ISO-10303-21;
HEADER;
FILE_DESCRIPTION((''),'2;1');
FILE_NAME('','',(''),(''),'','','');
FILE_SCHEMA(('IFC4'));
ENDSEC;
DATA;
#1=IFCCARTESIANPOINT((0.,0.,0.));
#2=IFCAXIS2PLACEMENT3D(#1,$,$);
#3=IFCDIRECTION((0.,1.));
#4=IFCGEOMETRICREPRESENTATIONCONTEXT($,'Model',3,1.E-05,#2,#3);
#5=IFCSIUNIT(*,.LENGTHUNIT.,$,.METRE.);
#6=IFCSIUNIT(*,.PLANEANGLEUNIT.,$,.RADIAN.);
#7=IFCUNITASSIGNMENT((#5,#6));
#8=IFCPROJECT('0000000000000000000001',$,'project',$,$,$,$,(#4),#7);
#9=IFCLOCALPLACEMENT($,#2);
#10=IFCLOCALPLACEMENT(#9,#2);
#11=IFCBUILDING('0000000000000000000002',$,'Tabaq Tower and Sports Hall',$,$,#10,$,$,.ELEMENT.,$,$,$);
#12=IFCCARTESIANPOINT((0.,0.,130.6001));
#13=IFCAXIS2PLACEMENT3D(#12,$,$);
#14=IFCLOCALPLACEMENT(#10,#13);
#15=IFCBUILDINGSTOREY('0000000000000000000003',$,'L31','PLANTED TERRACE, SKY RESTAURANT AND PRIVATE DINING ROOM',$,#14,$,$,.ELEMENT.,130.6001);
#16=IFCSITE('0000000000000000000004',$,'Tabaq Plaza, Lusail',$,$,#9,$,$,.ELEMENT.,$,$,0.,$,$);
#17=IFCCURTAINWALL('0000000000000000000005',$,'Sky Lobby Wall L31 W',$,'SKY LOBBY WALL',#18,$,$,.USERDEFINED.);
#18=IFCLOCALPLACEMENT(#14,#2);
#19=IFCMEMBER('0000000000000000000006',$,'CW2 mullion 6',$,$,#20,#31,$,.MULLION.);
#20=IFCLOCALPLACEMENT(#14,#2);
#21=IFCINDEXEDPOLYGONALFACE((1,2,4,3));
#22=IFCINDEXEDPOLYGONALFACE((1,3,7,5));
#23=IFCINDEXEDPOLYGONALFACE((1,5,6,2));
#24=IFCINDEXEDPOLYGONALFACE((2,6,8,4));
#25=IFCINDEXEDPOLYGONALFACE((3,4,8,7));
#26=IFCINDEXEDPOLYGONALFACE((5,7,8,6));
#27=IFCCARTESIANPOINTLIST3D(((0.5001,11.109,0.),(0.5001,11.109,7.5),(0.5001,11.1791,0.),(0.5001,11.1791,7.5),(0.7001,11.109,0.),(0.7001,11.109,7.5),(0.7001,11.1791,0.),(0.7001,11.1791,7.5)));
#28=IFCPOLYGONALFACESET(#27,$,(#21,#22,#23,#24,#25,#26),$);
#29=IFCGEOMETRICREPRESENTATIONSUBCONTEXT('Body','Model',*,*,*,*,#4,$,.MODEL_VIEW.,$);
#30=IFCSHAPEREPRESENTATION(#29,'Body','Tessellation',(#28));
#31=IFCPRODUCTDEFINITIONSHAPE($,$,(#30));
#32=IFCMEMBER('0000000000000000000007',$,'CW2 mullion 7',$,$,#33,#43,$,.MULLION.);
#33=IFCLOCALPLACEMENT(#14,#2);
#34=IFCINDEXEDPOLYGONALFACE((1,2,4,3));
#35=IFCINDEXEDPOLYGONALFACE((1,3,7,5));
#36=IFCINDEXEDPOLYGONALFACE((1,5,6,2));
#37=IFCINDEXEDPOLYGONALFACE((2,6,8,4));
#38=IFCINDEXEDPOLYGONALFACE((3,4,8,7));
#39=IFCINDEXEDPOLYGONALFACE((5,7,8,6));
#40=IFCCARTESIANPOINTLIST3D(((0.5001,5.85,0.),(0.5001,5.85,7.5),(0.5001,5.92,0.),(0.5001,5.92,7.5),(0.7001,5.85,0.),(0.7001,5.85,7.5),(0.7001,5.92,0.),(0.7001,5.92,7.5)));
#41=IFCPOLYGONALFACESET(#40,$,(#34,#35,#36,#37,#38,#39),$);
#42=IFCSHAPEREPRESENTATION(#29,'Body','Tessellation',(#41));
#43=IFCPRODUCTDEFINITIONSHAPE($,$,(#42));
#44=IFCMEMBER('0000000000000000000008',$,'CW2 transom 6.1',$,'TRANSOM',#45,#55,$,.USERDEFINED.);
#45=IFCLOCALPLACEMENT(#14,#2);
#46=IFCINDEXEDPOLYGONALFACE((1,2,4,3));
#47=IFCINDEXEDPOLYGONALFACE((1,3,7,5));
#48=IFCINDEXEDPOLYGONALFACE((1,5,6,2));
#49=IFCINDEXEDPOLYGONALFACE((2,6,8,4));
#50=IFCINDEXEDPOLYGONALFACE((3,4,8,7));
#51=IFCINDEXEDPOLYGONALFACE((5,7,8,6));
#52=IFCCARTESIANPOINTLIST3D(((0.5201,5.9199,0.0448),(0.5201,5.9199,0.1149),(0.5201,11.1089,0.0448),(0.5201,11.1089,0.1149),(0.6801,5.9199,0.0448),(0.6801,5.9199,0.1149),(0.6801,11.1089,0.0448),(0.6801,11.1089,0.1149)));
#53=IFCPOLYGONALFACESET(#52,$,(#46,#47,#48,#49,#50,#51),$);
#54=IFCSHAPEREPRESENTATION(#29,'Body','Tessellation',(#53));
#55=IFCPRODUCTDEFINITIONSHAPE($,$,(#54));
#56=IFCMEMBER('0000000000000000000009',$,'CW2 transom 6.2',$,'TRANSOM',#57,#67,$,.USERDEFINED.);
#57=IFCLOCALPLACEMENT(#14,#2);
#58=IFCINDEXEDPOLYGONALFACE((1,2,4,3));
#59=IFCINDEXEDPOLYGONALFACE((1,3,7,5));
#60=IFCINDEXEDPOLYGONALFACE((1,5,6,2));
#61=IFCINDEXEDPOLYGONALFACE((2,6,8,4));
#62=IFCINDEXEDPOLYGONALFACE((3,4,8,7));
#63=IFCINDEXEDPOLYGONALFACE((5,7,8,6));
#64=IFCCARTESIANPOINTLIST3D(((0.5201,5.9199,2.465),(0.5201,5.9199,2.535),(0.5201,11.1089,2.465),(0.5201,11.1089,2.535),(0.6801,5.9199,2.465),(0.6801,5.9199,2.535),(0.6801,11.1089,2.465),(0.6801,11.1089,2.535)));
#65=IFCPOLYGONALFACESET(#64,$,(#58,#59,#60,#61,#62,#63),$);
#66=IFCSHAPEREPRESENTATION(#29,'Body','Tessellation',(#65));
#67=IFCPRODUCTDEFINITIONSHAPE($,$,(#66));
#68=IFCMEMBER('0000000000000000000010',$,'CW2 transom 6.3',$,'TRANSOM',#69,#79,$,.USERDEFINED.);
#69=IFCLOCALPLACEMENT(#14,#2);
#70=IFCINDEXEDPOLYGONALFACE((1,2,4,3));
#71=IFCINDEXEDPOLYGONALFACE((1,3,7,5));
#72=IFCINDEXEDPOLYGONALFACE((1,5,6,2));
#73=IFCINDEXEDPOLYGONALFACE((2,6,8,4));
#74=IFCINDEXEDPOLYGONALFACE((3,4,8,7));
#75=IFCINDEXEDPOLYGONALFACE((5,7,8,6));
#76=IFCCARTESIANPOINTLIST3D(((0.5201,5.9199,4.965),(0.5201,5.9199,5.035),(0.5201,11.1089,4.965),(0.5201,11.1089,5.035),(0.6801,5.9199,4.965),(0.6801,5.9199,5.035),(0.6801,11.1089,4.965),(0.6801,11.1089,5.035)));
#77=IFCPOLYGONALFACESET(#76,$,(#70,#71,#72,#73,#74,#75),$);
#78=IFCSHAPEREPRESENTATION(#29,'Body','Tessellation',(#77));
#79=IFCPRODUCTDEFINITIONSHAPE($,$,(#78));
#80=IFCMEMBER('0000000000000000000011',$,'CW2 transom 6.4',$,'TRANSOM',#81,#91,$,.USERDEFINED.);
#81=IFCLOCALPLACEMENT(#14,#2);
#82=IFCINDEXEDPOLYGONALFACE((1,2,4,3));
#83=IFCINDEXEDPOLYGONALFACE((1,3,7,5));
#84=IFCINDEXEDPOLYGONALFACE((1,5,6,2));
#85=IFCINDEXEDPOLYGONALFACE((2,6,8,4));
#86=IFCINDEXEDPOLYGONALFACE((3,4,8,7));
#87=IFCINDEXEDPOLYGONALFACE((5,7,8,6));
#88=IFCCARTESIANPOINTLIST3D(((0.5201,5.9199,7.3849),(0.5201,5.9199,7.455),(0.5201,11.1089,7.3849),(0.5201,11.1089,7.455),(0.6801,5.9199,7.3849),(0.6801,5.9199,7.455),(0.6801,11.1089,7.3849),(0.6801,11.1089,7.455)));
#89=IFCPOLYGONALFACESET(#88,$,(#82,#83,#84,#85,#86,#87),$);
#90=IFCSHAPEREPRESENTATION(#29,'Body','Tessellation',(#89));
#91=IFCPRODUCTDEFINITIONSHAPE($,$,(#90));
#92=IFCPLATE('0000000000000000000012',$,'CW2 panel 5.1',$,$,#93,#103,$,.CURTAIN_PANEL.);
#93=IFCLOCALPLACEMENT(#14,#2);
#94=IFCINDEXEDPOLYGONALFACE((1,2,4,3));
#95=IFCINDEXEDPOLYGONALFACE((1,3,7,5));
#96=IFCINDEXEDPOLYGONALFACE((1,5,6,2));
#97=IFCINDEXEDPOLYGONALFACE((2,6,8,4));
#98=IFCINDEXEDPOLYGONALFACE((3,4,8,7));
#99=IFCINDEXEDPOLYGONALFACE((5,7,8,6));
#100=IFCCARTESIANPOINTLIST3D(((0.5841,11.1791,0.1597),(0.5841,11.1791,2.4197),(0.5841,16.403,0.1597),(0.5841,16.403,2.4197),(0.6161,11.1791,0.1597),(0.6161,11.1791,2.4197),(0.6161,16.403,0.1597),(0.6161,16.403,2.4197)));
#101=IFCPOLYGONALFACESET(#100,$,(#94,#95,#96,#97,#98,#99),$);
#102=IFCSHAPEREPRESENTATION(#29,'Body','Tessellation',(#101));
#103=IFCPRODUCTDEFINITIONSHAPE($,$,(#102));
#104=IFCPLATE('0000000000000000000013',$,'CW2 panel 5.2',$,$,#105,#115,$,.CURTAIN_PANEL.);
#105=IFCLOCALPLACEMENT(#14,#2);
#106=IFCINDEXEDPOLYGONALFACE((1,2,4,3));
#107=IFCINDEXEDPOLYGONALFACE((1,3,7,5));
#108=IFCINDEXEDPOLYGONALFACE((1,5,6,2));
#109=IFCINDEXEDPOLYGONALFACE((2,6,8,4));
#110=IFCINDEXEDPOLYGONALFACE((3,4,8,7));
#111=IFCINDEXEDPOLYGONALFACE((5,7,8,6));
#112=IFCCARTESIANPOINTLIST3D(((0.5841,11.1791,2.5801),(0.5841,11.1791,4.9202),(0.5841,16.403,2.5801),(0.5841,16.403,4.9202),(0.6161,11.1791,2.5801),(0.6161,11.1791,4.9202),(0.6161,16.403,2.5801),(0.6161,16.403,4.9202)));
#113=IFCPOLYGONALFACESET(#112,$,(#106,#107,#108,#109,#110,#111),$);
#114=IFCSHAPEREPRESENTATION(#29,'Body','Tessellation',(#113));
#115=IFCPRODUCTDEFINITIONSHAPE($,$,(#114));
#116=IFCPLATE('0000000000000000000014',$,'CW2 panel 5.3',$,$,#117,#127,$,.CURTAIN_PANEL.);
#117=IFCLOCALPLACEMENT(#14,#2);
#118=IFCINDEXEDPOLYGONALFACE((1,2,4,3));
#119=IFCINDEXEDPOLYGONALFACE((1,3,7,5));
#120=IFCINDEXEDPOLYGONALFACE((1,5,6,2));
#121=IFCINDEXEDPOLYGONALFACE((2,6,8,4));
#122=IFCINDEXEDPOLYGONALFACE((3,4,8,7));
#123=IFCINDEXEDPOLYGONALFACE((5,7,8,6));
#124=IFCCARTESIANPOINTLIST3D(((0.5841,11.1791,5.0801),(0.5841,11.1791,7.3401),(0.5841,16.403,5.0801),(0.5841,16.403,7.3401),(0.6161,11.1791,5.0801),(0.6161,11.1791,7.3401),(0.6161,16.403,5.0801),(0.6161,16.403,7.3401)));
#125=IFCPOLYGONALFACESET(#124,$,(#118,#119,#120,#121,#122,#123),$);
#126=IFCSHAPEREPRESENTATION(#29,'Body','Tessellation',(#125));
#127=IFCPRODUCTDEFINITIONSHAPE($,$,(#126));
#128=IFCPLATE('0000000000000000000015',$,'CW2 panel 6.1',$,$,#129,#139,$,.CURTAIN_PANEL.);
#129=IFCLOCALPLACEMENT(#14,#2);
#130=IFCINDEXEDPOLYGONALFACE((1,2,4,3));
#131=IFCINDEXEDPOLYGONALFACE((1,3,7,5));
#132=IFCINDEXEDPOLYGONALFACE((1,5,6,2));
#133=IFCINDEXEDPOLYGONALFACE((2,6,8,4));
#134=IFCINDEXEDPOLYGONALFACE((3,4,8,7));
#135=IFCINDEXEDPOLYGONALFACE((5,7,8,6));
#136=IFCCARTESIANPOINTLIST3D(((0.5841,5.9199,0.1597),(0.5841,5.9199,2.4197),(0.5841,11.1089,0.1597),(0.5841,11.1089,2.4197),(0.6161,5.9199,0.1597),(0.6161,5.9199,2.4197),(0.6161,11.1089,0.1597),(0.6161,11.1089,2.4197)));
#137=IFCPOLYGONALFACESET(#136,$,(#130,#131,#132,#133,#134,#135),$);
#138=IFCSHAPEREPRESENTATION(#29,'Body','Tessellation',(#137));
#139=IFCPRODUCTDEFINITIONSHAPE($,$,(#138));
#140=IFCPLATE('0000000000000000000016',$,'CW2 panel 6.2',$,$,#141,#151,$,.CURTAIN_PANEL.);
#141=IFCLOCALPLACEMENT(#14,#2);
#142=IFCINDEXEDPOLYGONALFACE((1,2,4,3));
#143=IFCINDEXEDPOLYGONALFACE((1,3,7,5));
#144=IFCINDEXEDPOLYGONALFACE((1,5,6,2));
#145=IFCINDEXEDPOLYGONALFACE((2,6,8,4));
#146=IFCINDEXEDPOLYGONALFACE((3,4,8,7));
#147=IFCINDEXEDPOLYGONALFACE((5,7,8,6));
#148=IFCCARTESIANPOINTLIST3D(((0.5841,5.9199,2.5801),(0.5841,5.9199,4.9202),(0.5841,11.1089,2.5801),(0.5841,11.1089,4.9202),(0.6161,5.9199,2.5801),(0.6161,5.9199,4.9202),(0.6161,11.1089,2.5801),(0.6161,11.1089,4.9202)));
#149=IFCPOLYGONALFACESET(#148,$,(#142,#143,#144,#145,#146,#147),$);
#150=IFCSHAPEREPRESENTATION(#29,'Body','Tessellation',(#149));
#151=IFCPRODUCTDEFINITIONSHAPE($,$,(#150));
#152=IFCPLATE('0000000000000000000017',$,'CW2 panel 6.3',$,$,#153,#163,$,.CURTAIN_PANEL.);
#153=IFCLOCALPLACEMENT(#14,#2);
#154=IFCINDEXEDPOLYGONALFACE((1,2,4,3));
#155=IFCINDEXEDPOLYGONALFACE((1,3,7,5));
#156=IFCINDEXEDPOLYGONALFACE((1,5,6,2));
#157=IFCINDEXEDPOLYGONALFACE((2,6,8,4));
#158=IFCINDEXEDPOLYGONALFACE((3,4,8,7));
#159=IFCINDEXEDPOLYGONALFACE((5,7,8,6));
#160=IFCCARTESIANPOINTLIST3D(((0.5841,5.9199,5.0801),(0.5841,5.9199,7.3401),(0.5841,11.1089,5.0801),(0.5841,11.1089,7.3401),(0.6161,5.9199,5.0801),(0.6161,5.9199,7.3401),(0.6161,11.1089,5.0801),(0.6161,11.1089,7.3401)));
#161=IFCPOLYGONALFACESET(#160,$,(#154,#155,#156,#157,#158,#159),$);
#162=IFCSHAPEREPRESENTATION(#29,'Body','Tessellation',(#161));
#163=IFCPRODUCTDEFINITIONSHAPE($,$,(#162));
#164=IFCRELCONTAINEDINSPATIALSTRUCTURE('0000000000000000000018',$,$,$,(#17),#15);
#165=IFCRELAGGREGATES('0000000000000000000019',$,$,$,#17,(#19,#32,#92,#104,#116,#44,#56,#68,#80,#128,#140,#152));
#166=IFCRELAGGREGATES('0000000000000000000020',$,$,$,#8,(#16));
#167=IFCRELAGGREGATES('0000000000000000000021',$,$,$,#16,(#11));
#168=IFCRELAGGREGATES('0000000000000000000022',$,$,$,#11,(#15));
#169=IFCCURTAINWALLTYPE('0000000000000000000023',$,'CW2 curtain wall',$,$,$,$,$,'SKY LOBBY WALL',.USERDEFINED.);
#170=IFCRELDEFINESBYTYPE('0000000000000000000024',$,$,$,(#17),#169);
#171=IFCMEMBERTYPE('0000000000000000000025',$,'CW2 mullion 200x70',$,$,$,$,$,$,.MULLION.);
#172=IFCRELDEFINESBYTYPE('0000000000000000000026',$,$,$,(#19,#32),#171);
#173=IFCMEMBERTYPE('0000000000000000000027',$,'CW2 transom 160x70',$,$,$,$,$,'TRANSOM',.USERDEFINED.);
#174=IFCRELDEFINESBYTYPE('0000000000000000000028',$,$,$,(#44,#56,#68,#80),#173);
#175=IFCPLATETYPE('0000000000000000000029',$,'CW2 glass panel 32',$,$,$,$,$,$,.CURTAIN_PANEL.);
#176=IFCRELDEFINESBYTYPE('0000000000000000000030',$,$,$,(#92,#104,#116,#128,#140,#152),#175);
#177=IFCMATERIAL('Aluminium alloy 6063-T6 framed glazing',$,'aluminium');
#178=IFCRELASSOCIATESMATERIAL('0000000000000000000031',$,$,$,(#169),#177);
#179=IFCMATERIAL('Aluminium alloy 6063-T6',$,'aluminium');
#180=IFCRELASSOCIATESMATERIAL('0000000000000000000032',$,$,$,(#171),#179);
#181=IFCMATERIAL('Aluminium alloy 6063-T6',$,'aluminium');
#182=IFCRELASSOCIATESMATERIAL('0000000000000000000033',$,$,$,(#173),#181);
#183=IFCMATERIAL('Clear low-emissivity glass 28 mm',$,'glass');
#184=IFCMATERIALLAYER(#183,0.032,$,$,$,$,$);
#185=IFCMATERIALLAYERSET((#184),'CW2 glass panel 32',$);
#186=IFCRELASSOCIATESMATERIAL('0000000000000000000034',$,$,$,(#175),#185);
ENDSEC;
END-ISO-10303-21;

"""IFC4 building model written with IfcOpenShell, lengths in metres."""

from ifc_helpers import new_model, si_unit, direction, frame, origin, origin_2d, place, context, subcontext, project, spatial, rectangle, extrude, material, layer, layer_set, material_profile, profile_set, type_object, element, aggregate, save


model = new_model("IFC4")

# Units and contexts
model_context = context("Model", 3, precision=1e-05, world=origin(), true_north=direction((0.0, 1.0)))
body_context = subcontext(model_context, "Body", "Model", "MODEL_VIEW")
ifc_project = project(units=[si_unit("LENGTHUNIT", "METRE"), si_unit("PLANEANGLEUNIT", "RADIAN")], contexts=[model_context])

# Site, building, storey
site_placement = place(None, origin())
site = spatial("IfcSite", under=ifc_project, at=site_placement, Name="Tabaq Plaza, Lusail", CompositionType="ELEMENT", RefElevation=0.0)
building_placement = place(site_placement, origin())
building = spatial("IfcBuilding", under=site, at=building_placement, Name="Tabaq Tower and Sports Hall", CompositionType="ELEMENT")
storey_placement = place(building_placement, frame((0.0, 0.0, 130.6001)))
storey = spatial("IfcBuildingStorey", under=building, at=storey_placement, Name="L31", Description="PLANTED TERRACE, SKY RESTAURANT AND PRIVATE DINING ROOM", CompositionType="ELEMENT", Elevation=130.6001)

# Curtain wall, members, plates
ifc_material_1 = material(Name="Aluminium alloy 6063-T6 framed glazing", Category="aluminium")
curtain_wall_type = type_object("IfcCurtainWallType", Name="CW2 curtain wall", ElementType="SKY LOBBY WALL", PredefinedType="USERDEFINED", material=ifc_material_1)
curtain_wall_placement = place(storey_placement, origin())
curtain_wall = element("IfcCurtainWall", 1, at=curtain_wall_placement, inside=storey, type_object=curtain_wall_type, Name="Sky Lobby Wall L31 W", ObjectType="SKY LOBBY WALL", PredefinedType="USERDEFINED")
ifc_material_2 = material(Name="Aluminium alloy 6063-T6", Category="aluminium")
ifc_material_profile_1 = material_profile(ifc_material_2, rectangle(XDim=0.2, YDim=0.0701, at=origin_2d()), Name="MULLION 200x70")
ifc_profile_set_1 = profile_set([ifc_material_profile_1], Name="Aluminium alloy 6063-T6")
member_type_1 = type_object("IfcMemberType", Name="CW2 mullion 200x70", PredefinedType="MULLION", material=ifc_profile_set_1)
member_1_placement = place(storey_placement, frame((0.6001, 11.144, 0.0), z_axis=(0.0, 0.0, 1.0), x_axis=(1.0, 0.0, 0.0)))
member_1 = element("IfcMember", 2, at=member_1_placement, type_object=member_type_1, Name="CW2 mullion 6", PredefinedType="MULLION", context=body_context, shape_type="SweptSolid", body=[
    extrude(rectangle(XDim=0.2, YDim=0.0701, at=origin_2d()), origin(), (0.0, 0.0, 1.0), 7.5),
])
member_2_placement = place(storey_placement, frame((0.6001, 5.885, 0.0), z_axis=(0.0, 0.0, 1.0), x_axis=(1.0, 0.0, 0.0)))
member_2 = element("IfcMember", 3, at=member_2_placement, type_object=member_type_1, Name="CW2 mullion 7", PredefinedType="MULLION", context=body_context, shape_type="SweptSolid", body=[
    extrude(rectangle(XDim=0.2, YDim=0.0701, at=origin_2d()), origin(), (0.0, 0.0, 1.0), 7.5),
])
ifc_material_3 = material(Name="Aluminium alloy 6063-T6", Category="aluminium")
ifc_material_profile_2 = material_profile(ifc_material_3, rectangle(XDim=0.1599, YDim=0.0701, at=origin_2d()), Name="TRANSOM 160x70")
ifc_profile_set_2 = profile_set([ifc_material_profile_2], Name="Aluminium alloy 6063-T6")
member_type_2 = type_object("IfcMemberType", Name="CW2 transom 160x70", ElementType="TRANSOM", PredefinedType="USERDEFINED", material=ifc_profile_set_2)
member_3_placement = place(storey_placement, frame((0.6001, 11.1089, 0.0798), z_axis=(0.0, -1.0, 0.0), x_axis=(1.0, 0.0, 0.0)))
member_3 = element("IfcMember", 4, at=member_3_placement, type_object=member_type_2, Name="CW2 transom 6.1", ObjectType="TRANSOM", PredefinedType="USERDEFINED", context=body_context, shape_type="SweptSolid", body=[
    extrude(rectangle(XDim=0.1599, YDim=0.0701, at=origin_2d()), origin(), (0.0, 0.0, 1.0), 5.189),
])
member_4_placement = place(storey_placement, frame((0.6001, 11.1089, 2.5), z_axis=(0.0, -1.0, 0.0), x_axis=(1.0, 0.0, 0.0)))
member_4 = element("IfcMember", 5, at=member_4_placement, type_object=member_type_2, Name="CW2 transom 6.2", ObjectType="TRANSOM", PredefinedType="USERDEFINED", context=body_context, shape_type="SweptSolid", body=[
    extrude(rectangle(XDim=0.1599, YDim=0.0701, at=origin_2d()), origin(), (0.0, 0.0, 1.0), 5.189),
])
member_5_placement = place(storey_placement, frame((0.6001, 11.1089, 5.0), z_axis=(0.0, -1.0, 0.0), x_axis=(1.0, 0.0, 0.0)))
member_5 = element("IfcMember", 6, at=member_5_placement, type_object=member_type_2, Name="CW2 transom 6.3", ObjectType="TRANSOM", PredefinedType="USERDEFINED", context=body_context, shape_type="SweptSolid", body=[
    extrude(rectangle(XDim=0.1599, YDim=0.0701, at=origin_2d()), origin(), (0.0, 0.0, 1.0), 5.189),
])
member_6_placement = place(storey_placement, frame((0.6001, 11.1089, 7.4199), z_axis=(0.0, -1.0, 0.0), x_axis=(1.0, 0.0, 0.0)))
member_6 = element("IfcMember", 7, at=member_6_placement, type_object=member_type_2, Name="CW2 transom 6.4", ObjectType="TRANSOM", PredefinedType="USERDEFINED", context=body_context, shape_type="SweptSolid", body=[
    extrude(rectangle(XDim=0.1599, YDim=0.0701, at=origin_2d()), origin(), (0.0, 0.0, 1.0), 5.189),
])
ifc_material_4 = material(Name="Clear low-emissivity glass 28 mm", Category="glass")
ifc_layer_1 = layer(ifc_material_4, 0.032)
ifc_layer_set_1 = layer_set([ifc_layer_1], Name="CW2 glass panel 32")
plate_type = type_object("IfcPlateType", Name="CW2 glass panel 32", PredefinedType="CURTAIN_PANEL", material=ifc_layer_set_1)
plate_1_placement = place(storey_placement, frame((0.6001, 13.791, 0.1597), z_axis=(0.0, 0.0, 1.0), x_axis=(0.0, -1.0, 0.0)))
plate_1 = element("IfcPlate", 8, at=plate_1_placement, type_object=plate_type, Name="CW2 panel 5.1", PredefinedType="CURTAIN_PANEL", context=body_context, shape_type="SweptSolid", body=[
    extrude(rectangle(XDim=5.2239, YDim=0.032, at=origin_2d()), origin(), (0.0, 0.0, 1.0), 2.26),
])
plate_2_placement = place(storey_placement, frame((0.6001, 13.791, 2.5801), z_axis=(0.0, 0.0, 1.0), x_axis=(0.0, -1.0, 0.0)))
plate_2 = element("IfcPlate", 9, at=plate_2_placement, type_object=plate_type, Name="CW2 panel 5.2", PredefinedType="CURTAIN_PANEL", context=body_context, shape_type="SweptSolid", body=[
    extrude(rectangle(XDim=5.2239, YDim=0.032, at=origin_2d()), origin(), (0.0, 0.0, 1.0), 2.3401),
])
plate_3_placement = place(storey_placement, frame((0.6001, 13.791, 5.0801), z_axis=(0.0, 0.0, 1.0), x_axis=(0.0, -1.0, 0.0)))
plate_3 = element("IfcPlate", 10, at=plate_3_placement, type_object=plate_type, Name="CW2 panel 5.3", PredefinedType="CURTAIN_PANEL", context=body_context, shape_type="SweptSolid", body=[
    extrude(rectangle(XDim=5.2239, YDim=0.032, at=origin_2d()), origin(), (0.0, 0.0, 1.0), 2.26),
])
plate_4_placement = place(storey_placement, frame((0.6001, 8.5144, 0.1597), z_axis=(0.0, 0.0, 1.0), x_axis=(0.0, -1.0, 0.0)))
plate_4 = element("IfcPlate", 11, at=plate_4_placement, type_object=plate_type, Name="CW2 panel 6.1", PredefinedType="CURTAIN_PANEL", context=body_context, shape_type="SweptSolid", body=[
    extrude(rectangle(XDim=5.189, YDim=0.032, at=origin_2d()), origin(), (0.0, 0.0, 1.0), 2.26),
])
plate_5_placement = place(storey_placement, frame((0.6001, 8.5144, 2.5801), z_axis=(0.0, 0.0, 1.0), x_axis=(0.0, -1.0, 0.0)))
plate_5 = element("IfcPlate", 12, at=plate_5_placement, type_object=plate_type, Name="CW2 panel 6.2", PredefinedType="CURTAIN_PANEL", context=body_context, shape_type="SweptSolid", body=[
    extrude(rectangle(XDim=5.189, YDim=0.032, at=origin_2d()), origin(), (0.0, 0.0, 1.0), 2.3401),
])
plate_6_placement = place(storey_placement, frame((0.6001, 8.5144, 5.0801), z_axis=(0.0, 0.0, 1.0), x_axis=(0.0, -1.0, 0.0)))
plate_6 = element("IfcPlate", 13, at=plate_6_placement, type_object=plate_type, Name="CW2 panel 6.3", PredefinedType="CURTAIN_PANEL", context=body_context, shape_type="SweptSolid", body=[
    extrude(rectangle(XDim=5.189, YDim=0.032, at=origin_2d()), origin(), (0.0, 0.0, 1.0), 2.26),
])
aggregate(curtain_wall, [member_1, member_2, plate_1, plate_2, plate_3, member_3, member_4, member_5, member_6, plate_4, plate_5, plate_6])

save(model, "model.ifc")
